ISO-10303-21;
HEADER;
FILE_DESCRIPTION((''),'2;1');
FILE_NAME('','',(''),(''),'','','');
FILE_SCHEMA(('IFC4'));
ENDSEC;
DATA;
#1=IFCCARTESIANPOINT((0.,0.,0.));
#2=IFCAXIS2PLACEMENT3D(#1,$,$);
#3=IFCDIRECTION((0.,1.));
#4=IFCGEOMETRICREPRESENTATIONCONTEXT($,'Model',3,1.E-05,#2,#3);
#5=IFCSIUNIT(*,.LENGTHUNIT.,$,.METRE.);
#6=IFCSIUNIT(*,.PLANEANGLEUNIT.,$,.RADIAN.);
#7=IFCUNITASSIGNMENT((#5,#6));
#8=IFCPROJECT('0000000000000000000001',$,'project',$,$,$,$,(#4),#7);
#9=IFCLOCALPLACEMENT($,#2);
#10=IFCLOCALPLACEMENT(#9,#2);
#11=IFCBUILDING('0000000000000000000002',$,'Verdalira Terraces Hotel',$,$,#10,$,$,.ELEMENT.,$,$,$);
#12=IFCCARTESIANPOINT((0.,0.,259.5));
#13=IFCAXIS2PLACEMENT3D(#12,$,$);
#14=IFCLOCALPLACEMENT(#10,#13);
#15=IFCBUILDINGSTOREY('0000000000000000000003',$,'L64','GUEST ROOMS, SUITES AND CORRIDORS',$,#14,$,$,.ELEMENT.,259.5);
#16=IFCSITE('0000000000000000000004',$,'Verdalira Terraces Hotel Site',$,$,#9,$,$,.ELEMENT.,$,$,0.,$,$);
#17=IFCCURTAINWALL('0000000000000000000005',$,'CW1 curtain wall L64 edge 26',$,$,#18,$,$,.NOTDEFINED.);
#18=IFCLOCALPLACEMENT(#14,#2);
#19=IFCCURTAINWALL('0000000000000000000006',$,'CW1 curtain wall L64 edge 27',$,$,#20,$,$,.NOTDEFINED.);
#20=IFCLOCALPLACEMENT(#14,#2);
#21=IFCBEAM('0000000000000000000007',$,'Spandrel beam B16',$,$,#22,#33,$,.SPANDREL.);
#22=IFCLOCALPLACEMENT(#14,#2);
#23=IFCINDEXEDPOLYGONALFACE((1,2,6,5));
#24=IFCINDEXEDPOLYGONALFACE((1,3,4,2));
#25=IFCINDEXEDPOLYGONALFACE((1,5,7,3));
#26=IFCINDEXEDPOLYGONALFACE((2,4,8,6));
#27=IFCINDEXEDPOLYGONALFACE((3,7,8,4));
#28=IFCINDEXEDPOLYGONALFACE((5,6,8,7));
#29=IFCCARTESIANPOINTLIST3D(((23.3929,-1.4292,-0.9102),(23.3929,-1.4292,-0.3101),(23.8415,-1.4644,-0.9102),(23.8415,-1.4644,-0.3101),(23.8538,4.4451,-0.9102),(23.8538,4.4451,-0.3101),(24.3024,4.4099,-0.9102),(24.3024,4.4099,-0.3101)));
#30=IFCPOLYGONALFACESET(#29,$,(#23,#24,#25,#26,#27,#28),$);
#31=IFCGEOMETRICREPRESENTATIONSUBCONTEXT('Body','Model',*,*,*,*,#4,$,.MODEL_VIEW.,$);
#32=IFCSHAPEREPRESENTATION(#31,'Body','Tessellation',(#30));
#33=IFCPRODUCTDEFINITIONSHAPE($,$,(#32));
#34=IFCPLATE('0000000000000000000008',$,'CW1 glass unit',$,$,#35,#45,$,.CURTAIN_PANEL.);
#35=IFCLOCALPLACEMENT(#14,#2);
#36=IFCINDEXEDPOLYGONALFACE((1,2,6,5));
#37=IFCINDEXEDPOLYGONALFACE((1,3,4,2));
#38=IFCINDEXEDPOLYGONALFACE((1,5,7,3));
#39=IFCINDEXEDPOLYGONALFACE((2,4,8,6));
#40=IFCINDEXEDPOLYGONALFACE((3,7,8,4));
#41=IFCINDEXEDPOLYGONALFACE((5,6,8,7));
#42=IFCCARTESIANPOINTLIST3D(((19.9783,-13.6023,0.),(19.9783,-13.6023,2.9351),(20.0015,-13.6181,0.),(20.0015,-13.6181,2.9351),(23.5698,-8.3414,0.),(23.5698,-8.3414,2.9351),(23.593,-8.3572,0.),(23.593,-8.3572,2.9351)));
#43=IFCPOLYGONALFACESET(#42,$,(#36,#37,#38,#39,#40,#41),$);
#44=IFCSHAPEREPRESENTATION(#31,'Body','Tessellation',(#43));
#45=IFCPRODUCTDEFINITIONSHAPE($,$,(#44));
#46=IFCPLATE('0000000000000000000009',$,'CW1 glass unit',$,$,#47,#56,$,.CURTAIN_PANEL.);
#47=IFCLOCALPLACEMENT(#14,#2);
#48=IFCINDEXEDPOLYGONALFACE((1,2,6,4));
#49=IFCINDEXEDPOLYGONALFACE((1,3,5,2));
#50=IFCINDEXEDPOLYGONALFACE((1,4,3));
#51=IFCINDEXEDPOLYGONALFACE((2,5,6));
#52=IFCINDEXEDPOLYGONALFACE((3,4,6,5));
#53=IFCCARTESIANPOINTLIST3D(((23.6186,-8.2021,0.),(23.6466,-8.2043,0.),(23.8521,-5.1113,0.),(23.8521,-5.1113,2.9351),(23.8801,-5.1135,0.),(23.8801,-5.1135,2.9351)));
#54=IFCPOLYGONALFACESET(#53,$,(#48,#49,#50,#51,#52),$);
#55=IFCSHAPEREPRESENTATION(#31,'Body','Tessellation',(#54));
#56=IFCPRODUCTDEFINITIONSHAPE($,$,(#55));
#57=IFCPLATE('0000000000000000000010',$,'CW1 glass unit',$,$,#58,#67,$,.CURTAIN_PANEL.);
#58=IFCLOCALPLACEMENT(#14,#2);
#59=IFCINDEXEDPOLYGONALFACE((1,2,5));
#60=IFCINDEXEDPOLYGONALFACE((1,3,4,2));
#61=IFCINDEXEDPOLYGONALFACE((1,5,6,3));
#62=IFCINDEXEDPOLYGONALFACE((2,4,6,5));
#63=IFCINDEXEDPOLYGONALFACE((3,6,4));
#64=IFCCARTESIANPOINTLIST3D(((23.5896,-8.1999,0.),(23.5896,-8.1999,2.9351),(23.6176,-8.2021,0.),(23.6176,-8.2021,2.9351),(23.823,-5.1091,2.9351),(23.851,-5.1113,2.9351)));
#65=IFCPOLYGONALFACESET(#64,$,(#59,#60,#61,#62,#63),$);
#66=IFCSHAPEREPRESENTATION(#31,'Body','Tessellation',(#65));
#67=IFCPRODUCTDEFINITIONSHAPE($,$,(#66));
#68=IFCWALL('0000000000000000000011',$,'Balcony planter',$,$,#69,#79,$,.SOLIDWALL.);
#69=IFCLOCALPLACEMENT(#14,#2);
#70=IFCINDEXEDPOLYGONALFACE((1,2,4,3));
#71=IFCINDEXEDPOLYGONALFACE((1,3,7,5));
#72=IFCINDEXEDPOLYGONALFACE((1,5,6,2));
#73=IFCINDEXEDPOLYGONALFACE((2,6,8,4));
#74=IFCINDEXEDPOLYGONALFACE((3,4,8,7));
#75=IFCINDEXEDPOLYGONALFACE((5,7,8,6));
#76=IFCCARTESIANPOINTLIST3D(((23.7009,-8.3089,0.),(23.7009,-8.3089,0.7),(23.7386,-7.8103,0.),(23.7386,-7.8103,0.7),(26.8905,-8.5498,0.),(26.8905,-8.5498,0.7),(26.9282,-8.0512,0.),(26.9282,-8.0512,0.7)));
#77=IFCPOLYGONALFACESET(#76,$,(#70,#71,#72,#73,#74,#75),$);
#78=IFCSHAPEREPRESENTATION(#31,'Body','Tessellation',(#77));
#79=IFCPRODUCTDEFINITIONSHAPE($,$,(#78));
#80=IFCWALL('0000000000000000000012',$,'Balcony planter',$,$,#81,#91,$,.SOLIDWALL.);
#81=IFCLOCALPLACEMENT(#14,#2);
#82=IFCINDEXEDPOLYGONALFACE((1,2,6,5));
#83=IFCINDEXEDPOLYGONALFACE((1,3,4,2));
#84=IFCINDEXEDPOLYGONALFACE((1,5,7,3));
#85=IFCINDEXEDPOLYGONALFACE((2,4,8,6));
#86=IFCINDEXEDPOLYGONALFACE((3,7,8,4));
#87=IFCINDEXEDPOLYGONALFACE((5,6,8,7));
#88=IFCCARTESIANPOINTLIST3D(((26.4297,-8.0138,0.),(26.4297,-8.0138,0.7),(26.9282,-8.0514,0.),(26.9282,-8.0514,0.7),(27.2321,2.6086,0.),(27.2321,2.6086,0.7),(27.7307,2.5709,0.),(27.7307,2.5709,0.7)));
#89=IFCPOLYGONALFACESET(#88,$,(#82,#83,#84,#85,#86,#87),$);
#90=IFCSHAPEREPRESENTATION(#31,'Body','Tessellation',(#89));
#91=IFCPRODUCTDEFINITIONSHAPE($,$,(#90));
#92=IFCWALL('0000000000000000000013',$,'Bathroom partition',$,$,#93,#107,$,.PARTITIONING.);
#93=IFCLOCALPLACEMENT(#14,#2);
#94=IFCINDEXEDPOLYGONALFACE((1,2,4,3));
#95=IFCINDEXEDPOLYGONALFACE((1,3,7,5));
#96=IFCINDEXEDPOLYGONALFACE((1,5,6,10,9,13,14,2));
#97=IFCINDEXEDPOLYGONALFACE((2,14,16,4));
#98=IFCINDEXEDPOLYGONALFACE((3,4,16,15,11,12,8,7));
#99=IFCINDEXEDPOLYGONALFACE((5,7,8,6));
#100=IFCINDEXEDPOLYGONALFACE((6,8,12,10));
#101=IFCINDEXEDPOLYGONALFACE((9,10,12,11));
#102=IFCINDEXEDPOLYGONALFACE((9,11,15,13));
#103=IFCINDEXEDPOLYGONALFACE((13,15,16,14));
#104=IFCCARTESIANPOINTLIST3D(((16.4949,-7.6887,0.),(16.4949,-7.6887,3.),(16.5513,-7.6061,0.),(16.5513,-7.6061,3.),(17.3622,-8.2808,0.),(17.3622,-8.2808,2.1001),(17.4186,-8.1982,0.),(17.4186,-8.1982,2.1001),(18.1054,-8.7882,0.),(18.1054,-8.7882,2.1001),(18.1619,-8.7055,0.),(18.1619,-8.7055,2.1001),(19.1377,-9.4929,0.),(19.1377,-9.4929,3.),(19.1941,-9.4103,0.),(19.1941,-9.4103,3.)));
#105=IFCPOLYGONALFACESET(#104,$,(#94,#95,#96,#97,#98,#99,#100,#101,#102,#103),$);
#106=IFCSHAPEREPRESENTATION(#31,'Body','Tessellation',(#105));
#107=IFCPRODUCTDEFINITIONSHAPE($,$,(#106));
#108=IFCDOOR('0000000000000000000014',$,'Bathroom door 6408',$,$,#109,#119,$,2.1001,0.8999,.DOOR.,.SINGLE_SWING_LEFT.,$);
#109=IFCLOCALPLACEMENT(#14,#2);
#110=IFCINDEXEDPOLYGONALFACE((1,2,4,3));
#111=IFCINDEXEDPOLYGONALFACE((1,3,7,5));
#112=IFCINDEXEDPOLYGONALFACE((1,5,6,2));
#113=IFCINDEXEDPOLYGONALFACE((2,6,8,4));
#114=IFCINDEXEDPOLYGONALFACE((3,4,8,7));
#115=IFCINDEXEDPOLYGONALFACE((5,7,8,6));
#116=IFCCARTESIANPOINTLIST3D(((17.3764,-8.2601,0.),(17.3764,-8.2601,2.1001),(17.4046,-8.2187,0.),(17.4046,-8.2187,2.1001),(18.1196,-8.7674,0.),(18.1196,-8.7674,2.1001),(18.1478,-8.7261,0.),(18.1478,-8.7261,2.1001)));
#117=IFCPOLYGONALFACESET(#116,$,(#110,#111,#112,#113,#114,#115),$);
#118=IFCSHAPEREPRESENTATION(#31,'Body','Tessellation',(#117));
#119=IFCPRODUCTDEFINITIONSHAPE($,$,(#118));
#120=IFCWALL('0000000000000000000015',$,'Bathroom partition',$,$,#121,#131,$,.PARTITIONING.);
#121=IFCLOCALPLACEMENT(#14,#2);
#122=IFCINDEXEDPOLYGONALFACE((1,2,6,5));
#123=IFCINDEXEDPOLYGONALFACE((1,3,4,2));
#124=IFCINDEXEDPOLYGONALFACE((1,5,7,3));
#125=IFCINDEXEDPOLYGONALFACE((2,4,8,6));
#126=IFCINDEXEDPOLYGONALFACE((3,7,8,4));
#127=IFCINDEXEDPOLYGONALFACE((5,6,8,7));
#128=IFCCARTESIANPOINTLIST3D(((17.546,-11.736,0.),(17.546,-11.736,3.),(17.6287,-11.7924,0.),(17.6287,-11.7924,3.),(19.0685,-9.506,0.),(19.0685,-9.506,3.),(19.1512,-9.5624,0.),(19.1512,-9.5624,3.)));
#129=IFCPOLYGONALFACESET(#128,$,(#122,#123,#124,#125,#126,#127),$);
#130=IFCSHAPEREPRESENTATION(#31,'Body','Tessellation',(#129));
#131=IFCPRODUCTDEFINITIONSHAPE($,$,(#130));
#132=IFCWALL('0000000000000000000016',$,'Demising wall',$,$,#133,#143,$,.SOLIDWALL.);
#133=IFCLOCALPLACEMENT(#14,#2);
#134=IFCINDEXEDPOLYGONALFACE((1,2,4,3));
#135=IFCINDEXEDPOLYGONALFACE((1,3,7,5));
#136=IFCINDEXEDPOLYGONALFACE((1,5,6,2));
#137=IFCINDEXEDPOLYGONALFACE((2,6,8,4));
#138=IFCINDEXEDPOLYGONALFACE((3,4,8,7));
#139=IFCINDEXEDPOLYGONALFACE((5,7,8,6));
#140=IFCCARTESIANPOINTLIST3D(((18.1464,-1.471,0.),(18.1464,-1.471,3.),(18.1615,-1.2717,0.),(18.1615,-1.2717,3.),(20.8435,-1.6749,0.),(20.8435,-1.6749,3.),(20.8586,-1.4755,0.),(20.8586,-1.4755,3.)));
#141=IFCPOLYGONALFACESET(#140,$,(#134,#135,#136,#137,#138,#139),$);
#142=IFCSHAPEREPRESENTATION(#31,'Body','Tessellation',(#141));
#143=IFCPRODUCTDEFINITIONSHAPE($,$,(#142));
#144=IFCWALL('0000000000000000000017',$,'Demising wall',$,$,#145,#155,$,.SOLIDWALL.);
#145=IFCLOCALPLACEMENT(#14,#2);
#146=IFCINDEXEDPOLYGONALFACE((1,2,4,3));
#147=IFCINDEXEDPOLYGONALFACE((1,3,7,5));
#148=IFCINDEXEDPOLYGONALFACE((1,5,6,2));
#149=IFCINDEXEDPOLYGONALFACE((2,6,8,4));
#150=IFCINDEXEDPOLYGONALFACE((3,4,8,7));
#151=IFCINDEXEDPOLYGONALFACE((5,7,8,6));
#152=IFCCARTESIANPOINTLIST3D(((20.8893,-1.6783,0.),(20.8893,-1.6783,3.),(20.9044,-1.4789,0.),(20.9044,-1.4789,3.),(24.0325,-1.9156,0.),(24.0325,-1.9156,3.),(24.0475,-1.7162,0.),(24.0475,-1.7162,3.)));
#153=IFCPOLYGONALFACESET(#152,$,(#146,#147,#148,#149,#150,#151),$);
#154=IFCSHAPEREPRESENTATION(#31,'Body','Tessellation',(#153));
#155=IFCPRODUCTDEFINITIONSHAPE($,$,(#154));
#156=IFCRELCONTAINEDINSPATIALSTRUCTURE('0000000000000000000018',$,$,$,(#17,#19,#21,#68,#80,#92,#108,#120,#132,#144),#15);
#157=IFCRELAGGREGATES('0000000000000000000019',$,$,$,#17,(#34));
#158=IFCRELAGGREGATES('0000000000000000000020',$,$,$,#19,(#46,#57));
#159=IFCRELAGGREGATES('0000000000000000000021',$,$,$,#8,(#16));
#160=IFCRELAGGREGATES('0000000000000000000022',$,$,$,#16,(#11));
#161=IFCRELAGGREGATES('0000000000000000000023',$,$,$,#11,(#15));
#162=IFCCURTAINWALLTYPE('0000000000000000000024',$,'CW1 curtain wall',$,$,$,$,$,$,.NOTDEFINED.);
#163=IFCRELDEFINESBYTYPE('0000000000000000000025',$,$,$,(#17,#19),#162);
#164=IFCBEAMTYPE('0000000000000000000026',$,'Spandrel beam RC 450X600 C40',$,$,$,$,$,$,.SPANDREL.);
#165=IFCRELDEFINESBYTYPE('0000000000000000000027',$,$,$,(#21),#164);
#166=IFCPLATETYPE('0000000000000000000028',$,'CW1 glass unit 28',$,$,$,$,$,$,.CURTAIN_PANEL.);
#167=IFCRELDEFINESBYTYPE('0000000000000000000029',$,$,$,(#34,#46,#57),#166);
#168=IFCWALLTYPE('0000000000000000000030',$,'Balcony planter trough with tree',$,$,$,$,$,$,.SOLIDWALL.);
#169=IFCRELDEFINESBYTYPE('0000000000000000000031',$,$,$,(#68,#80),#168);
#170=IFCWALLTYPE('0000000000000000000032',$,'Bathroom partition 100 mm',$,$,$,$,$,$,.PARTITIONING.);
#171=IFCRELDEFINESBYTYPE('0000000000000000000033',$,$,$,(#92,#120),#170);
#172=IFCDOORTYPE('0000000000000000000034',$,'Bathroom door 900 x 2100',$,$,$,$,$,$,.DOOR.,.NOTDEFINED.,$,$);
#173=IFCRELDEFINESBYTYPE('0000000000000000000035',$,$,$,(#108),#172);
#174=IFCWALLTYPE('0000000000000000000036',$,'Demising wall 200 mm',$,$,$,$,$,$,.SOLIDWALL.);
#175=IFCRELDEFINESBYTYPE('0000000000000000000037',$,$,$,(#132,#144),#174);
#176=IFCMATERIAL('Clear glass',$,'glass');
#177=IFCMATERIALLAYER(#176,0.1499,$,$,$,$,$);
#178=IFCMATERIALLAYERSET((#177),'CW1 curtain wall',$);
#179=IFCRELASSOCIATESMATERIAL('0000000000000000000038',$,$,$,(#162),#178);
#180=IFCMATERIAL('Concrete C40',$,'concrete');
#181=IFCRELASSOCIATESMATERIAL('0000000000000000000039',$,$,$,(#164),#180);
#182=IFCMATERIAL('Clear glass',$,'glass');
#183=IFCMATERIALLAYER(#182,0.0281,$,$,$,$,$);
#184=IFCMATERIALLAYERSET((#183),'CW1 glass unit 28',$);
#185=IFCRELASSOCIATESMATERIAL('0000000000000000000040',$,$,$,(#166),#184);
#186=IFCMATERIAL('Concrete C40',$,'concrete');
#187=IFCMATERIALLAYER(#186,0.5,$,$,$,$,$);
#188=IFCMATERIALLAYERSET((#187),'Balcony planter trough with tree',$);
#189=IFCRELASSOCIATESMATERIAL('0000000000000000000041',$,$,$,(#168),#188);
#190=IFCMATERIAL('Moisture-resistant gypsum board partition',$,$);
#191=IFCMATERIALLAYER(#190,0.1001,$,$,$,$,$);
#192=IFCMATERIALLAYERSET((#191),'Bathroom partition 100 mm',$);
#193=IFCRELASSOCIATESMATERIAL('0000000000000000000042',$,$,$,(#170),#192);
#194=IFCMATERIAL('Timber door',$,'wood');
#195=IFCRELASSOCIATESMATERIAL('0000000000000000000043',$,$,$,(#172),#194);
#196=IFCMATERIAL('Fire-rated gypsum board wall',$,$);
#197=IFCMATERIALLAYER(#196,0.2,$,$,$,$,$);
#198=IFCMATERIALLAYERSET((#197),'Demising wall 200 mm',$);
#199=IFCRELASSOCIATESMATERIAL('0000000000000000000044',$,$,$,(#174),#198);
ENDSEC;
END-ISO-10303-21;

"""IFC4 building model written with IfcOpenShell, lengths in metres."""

from ifc_helpers import new_model, si_unit, direction, frame, frame_2d, origin, origin_2d, place, context, subcontext, project, spatial, polyline, rectangle, outline, extrude, material, layer, layer_set, material_profile, profile_set, type_object, element, fill, aggregate, save


model = new_model("IFC4")

# Units and contexts
model_context = context("Model", 3, precision=1e-05, world=origin(), true_north=direction((0.0, 1.0)))
body_context = subcontext(model_context, "Body", "Model", "MODEL_VIEW")
ifc_project = project(units=[si_unit("LENGTHUNIT", "METRE"), si_unit("PLANEANGLEUNIT", "RADIAN")], contexts=[model_context])

# Site, building, storey
site_placement = place(None, origin())
site = spatial("IfcSite", under=ifc_project, at=site_placement, Name="Verdalira Terraces Hotel Site", CompositionType="ELEMENT", RefElevation=0.0)
building_placement = place(site_placement, origin())
building = spatial("IfcBuilding", under=site, at=building_placement, Name="Verdalira Terraces Hotel", CompositionType="ELEMENT")
storey_placement = place(building_placement, frame((0.0, 0.0, 259.5)))
storey = spatial("IfcBuildingStorey", under=building, at=storey_placement, Name="L64", Description="GUEST ROOMS, SUITES AND CORRIDORS", CompositionType="ELEMENT", Elevation=259.5)

# Curtain wall
ifc_material_1 = material(Name="Clear glass", Category="glass")
ifc_layer_1 = layer(ifc_material_1, 0.1499)
ifc_layer_set_1 = layer_set([ifc_layer_1], Name="CW1 curtain wall")
curtain_wall_type = type_object("IfcCurtainWallType", Name="CW1 curtain wall", PredefinedType="NOTDEFINED", material=ifc_layer_set_1)
curtain_wall_1_placement = place(storey_placement, origin())
curtain_wall_1 = element("IfcCurtainWall", 1, at=curtain_wall_1_placement, inside=storey, type_object=curtain_wall_type, Name="CW1 curtain wall L64 edge 26", PredefinedType="NOTDEFINED")

# Curtain wall
curtain_wall_2_placement = place(storey_placement, origin())
curtain_wall_2 = element("IfcCurtainWall", 2, at=curtain_wall_2_placement, inside=storey, type_object=curtain_wall_type, Name="CW1 curtain wall L64 edge 27", PredefinedType="NOTDEFINED")

# Beam
ifc_material_2 = material(Name="Concrete C40", Category="concrete")
ifc_material_profile_1 = material_profile(ifc_material_2, rectangle(XDim=0.45, YDim=0.6001, at=origin_2d()), Name="RC 450X600")
ifc_profile_set_1 = profile_set([ifc_material_profile_1], Name="Concrete C40")
beam_type_1 = type_object("IfcBeamType", Name="Spandrel beam RC 450X600 C40", PredefinedType="SPANDREL", material=ifc_profile_set_1)
beam_1_placement = place(storey_placement, frame((23.6172, -1.4468, -0.6101), z_axis=(0.078227, 0.996936, 0.0), x_axis=(-0.996936, 0.078227, 0.0)))
element("IfcBeam", 3, at=beam_1_placement, inside=storey, type_object=beam_type_1, Name="Spandrel beam B16", PredefinedType="SPANDREL", context=body_context, shape_type="SweptSolid", body=[
    extrude(rectangle(XDim=0.45, YDim=0.6001, at=origin_2d()), origin(), (0.0, 0.0, 1.0), 5.8923),
])

# Plates
ifc_material_3 = material(Name="Clear glass", Category="glass")
ifc_layer_2 = layer(ifc_material_3, 0.0281)
ifc_layer_set_2 = layer_set([ifc_layer_2], Name="CW1 glass unit 28")
plate_type = type_object("IfcPlateType", Name="CW1 glass unit 28", PredefinedType="CURTAIN_PANEL", material=ifc_layer_set_2)
plate_1_placement = place(storey_placement, frame((21.7856, -10.9797, 0.0), z_axis=(0.0, 0.0, 1.0), x_axis=(0.563814, 0.825902, 0.0)))
plate_1 = element("IfcPlate", 4, at=plate_1_placement, type_object=plate_type, Name="CW1 glass unit", PredefinedType="CURTAIN_PANEL", context=body_context, shape_type="SweptSolid", body=[
    extrude(rectangle(XDim=6.3699, YDim=0.0281, at=origin_2d()), origin(), (0.0, 0.0, 1.0), 2.9351),
])
aggregate(curtain_wall_1, [plate_1])
plate_2_placement = place(storey_placement, frame((23.7354, -6.6567, 1.4675), z_axis=(0.997159, -0.075327, 0.0), x_axis=(0.075327, 0.997159, 0.0)))
plate_2 = element("IfcPlate", 5, at=plate_2_placement, type_object=plate_type, Name="CW1 glass unit", PredefinedType="CURTAIN_PANEL", context=body_context, shape_type="SweptSolid", body=[
    extrude(outline(polyline([(-1.5498, -1.4675), (1.5498, -1.4675), (1.5498, 1.4675), (-1.5498, -1.4675)])), origin(), (0.0, 0.0, 1.0), 0.0281),
])
plate_3_placement = place(storey_placement, frame((23.7063, -6.6545, 1.4675), z_axis=(0.997159, -0.075327, 0.0), x_axis=(0.075327, 0.997159, 0.0)))
plate_3 = element("IfcPlate", 6, at=plate_3_placement, type_object=plate_type, Name="CW1 glass unit", PredefinedType="CURTAIN_PANEL", context=body_context, shape_type="SweptSolid", body=[
    extrude(outline(polyline([(-1.5498, -1.4675), (1.5498, 1.4675), (-1.5498, 1.4675), (-1.5498, -1.4675)])), origin(), (0.0, 0.0, 1.0), 0.0281),
])
aggregate(curtain_wall_2, [plate_2, plate_3])

# Walls
ifc_material_4 = material(Name="Concrete C40", Category="concrete")
ifc_layer_3 = layer(ifc_material_4, 0.5)
ifc_layer_set_3 = layer_set([ifc_layer_3], Name="Balcony planter trough with tree")
wall_type_1 = type_object("IfcWallType", Name="Balcony planter trough with tree", PredefinedType="SOLIDWALL", material=ifc_layer_set_3)
wall_1_placement = place(storey_placement, frame((23.7197, -8.0596, 0.0), z_axis=(0.0, 0.0, 1.0), x_axis=(0.997159, -0.075331, 0.0)))
element("IfcWall", 7, at=wall_1_placement, inside=storey, type_object=wall_type_1, Name="Balcony planter", PredefinedType="SOLIDWALL", context=body_context, shape_type="SweptSolid", body=[
    extrude(rectangle(XDim=3.1987, YDim=0.5, at=frame_2d((1.5994, 0.0))), origin(), (0.0, 0.0, 1.0), 0.7),
])
wall_2_placement = place(storey_placement, frame((26.679, -8.0325, 0.0), z_axis=(0.0, 0.0, 1.0), x_axis=(0.075333, 0.997158, 0.0)))
element("IfcWall", 8, at=wall_2_placement, inside=storey, type_object=wall_type_1, Name="Balcony planter", PredefinedType="SOLIDWALL", context=body_context, shape_type="SweptSolid", body=[
    extrude(rectangle(XDim=10.6526, YDim=0.5, at=frame_2d((5.3262, 0.0))), origin(), (0.0, 0.0, 1.0), 0.7),
])

# Wall, opening, door
ifc_material_5 = material(Name="Moisture-resistant gypsum board partition")
ifc_layer_4 = layer(ifc_material_5, 0.1001)
ifc_layer_set_4 = layer_set([ifc_layer_4], Name="Bathroom partition 100 mm")
wall_type_2 = type_object("IfcWallType", Name="Bathroom partition 100 mm", PredefinedType="PARTITIONING", material=ifc_layer_set_4)
wall_3_placement = place(storey_placement, frame((19.166, -9.4517, 0.0), z_axis=(0.0, 0.0, 1.0), x_axis=(-0.825896, 0.563822, 0.0)))
wall_3 = element("IfcWall", 9, at=wall_3_placement, inside=storey, type_object=wall_type_2, Name="Bathroom partition", PredefinedType="PARTITIONING", context=body_context, shape_type="SweptSolid", body=[
    extrude(rectangle(XDim=3.2, YDim=0.1001, at=frame_2d((1.6001, 0.0))), origin(), (0.0, 0.0, 1.0), 3.0),
])
opening_1_placement = place(wall_3_placement, frame((1.25, 0.0, 0.0)))
opening_1 = element("IfcOpeningElement", 10, at=opening_1_placement, cuts=wall_3, PredefinedType="OPENING", context=body_context, shape_type="SweptSolid", body=[
    extrude(rectangle(XDim=0.8999, YDim=2.1001, at=frame_2d((0.45, 1.05))), frame((0.0, 0.0601, 0.0), z_axis=(0.0, -1.0, 0.0), x_axis=(1.0, 0.0, 0.0)), (0.0, 0.0, 1.0), 0.1201),
])
ifc_material_6 = material(Name="Timber door", Category="wood")
door_type_1 = type_object("IfcDoorType", Name="Bathroom door 900 x 2100", OperationType="NOTDEFINED", PredefinedType="DOOR", material=ifc_material_6)
door_1_placement = place(opening_1_placement, origin())
door_1 = element("IfcDoor", 11, at=door_1_placement, inside=storey, type_object=door_type_1, Name="Bathroom door 6408", OperationType="SINGLE_SWING_LEFT", OverallHeight=2.1001, OverallWidth=0.8999, PredefinedType="DOOR", context=body_context, shape_type="SweptSolid", body=[
    extrude(rectangle(XDim=0.8999, YDim=2.1001, at=frame_2d((0.45, 1.05))), frame((0.0, 0.0249, 0.0), z_axis=(0.0, -1.0, 0.0), x_axis=(1.0, 0.0, 0.0)), (0.0, 0.0, 1.0), 0.05),
])
fill(opening_1, door_1)

# Walls
wall_4_placement = place(storey_placement, frame((19.1099, -9.5342, 0.0), z_axis=(0.0, 0.0, 1.0), x_axis=(-0.563847, -0.825879, 0.0)))
element("IfcWall", 12, at=wall_4_placement, inside=storey, type_object=wall_type_2, Name="Bathroom partition", PredefinedType="PARTITIONING", context=body_context, shape_type="SweptSolid", body=[
    extrude(rectangle(XDim=2.7002, YDim=0.1001, at=frame_2d((1.3501, 0.0))), origin(), (0.0, 0.0, 1.0), 3.0),
])
ifc_material_7 = material(Name="Fire-rated gypsum board wall")
ifc_layer_5 = layer(ifc_material_7, 0.2)
ifc_layer_set_5 = layer_set([ifc_layer_5], Name="Demising wall 200 mm")
wall_type_3 = type_object("IfcWallType", Name="Demising wall 200 mm", PredefinedType="SOLIDWALL", material=ifc_layer_set_5)
wall_5_placement = place(storey_placement, frame((18.1538, -1.3713, 0.0), z_axis=(0.0, 0.0, 1.0), x_axis=(0.997156, -0.075371, 0.0)))
element("IfcWall", 13, at=wall_5_placement, inside=storey, type_object=wall_type_3, Name="Demising wall", PredefinedType="SOLIDWALL", context=body_context, shape_type="SweptSolid", body=[
    extrude(rectangle(XDim=2.7048, YDim=0.2, at=frame_2d((1.3525, 0.0))), origin(), (0.0, 0.0, 1.0), 3.0),
])
wall_6_placement = place(storey_placement, frame((20.8967, -1.5786, 0.0), z_axis=(0.0, 0.0, 1.0), x_axis=(0.997162, -0.075287, 0.0)))
element("IfcWall", 14, at=wall_6_placement, inside=storey, type_object=wall_type_3, Name="Demising wall", PredefinedType="SOLIDWALL", context=body_context, shape_type="SweptSolid", body=[
    extrude(rectangle(XDim=3.1521, YDim=0.2, at=frame_2d((1.5762, 0.0))), origin(), (0.0, 0.0, 1.0), 3.0),
])

save(model, "model.ifc")
